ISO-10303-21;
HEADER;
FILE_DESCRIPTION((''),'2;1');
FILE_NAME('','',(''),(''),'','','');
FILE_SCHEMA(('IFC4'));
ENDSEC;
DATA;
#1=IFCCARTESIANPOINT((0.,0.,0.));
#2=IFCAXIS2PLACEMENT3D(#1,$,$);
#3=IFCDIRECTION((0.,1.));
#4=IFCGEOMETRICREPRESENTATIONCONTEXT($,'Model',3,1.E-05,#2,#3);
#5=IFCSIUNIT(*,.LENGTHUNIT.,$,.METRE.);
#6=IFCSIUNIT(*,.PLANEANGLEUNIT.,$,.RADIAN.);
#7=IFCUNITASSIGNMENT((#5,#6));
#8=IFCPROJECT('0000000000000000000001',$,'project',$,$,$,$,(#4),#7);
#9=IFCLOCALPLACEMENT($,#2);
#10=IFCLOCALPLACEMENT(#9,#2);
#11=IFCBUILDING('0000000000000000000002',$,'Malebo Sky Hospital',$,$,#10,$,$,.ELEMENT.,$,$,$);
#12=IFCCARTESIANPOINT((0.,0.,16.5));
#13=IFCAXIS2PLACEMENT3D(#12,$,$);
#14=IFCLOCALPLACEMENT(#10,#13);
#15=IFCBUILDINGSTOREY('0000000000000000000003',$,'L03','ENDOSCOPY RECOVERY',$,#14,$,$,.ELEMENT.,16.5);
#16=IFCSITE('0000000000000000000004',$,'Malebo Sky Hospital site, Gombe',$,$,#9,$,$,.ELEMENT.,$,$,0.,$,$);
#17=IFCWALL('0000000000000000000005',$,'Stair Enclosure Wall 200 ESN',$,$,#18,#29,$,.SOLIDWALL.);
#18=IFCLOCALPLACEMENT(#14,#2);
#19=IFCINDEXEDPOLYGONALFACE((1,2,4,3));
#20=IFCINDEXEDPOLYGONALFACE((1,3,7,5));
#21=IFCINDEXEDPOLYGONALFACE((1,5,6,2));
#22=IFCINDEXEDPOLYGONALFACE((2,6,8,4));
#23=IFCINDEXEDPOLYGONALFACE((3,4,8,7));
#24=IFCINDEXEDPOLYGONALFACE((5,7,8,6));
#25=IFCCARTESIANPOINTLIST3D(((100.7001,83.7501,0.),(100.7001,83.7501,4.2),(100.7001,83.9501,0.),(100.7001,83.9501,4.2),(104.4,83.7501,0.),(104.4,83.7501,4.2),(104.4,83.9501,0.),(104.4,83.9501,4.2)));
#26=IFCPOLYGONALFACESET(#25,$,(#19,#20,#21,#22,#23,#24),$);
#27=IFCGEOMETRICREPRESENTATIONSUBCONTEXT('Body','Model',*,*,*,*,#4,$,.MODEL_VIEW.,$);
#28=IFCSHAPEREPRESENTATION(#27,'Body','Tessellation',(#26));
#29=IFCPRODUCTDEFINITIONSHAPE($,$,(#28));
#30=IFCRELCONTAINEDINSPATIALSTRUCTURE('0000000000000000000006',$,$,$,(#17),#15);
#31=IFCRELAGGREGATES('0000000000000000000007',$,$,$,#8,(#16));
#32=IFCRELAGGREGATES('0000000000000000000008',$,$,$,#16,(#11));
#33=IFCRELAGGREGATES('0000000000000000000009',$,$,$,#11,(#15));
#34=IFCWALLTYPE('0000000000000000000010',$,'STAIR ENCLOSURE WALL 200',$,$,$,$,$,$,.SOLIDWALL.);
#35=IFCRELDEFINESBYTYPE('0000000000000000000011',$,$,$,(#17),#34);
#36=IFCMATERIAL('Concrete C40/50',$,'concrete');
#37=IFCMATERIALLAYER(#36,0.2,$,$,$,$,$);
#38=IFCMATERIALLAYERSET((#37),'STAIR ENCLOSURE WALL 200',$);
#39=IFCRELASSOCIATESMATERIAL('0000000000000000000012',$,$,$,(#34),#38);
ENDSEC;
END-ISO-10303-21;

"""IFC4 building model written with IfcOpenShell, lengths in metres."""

from ifc_helpers import new_model, si_unit, direction, frame, frame_2d, origin, place, context, subcontext, project, spatial, rectangle, extrude, material, layer, layer_set, type_object, element, save


model = new_model("IFC4")

# Units and contexts
model_context = context("Model", 3, precision=1e-05, world=origin(), true_north=direction((0.0, 1.0)))
body_context = subcontext(model_context, "Body", "Model", "MODEL_VIEW")
ifc_project = project(units=[si_unit("LENGTHUNIT", "METRE"), si_unit("PLANEANGLEUNIT", "RADIAN")], contexts=[model_context])

# Site, building, storey
site_placement = place(None, origin())
site = spatial("IfcSite", under=ifc_project, at=site_placement, Name="Malebo Sky Hospital site, Gombe", CompositionType="ELEMENT", RefElevation=0.0)
building_placement = place(site_placement, origin())
building = spatial("IfcBuilding", under=site, at=building_placement, Name="Malebo Sky Hospital", CompositionType="ELEMENT")
storey_placement = place(building_placement, frame((0.0, 0.0, 16.5)))
storey = spatial("IfcBuildingStorey", under=building, at=storey_placement, Name="L03", Description="ENDOSCOPY RECOVERY", CompositionType="ELEMENT", Elevation=16.5)

# Wall
ifc_material_1 = material(Name="Concrete C40/50", Category="concrete")
ifc_layer_1 = layer(ifc_material_1, 0.2)
ifc_layer_set_1 = layer_set([ifc_layer_1], Name="STAIR ENCLOSURE WALL 200")
wall_type_1 = type_object("IfcWallType", Name="STAIR ENCLOSURE WALL 200", PredefinedType="SOLIDWALL", material=ifc_layer_set_1)
wall_1_placement = place(storey_placement, frame((100.7, 83.8501, 0.0), z_axis=(0.0, 0.0, 1.0), x_axis=(1.0, 0.0, 0.0)))
element("IfcWall", 1, at=wall_1_placement, inside=storey, type_object=wall_type_1, Name="Stair Enclosure Wall 200 ESN", PredefinedType="SOLIDWALL", context=body_context, shape_type="SweptSolid", body=[
    extrude(rectangle(XDim=3.7, YDim=0.2, at=frame_2d((1.8501, 0.0))), origin(), (0.0, 0.0, 1.0), 4.2),
])

save(model, "model.ifc")
